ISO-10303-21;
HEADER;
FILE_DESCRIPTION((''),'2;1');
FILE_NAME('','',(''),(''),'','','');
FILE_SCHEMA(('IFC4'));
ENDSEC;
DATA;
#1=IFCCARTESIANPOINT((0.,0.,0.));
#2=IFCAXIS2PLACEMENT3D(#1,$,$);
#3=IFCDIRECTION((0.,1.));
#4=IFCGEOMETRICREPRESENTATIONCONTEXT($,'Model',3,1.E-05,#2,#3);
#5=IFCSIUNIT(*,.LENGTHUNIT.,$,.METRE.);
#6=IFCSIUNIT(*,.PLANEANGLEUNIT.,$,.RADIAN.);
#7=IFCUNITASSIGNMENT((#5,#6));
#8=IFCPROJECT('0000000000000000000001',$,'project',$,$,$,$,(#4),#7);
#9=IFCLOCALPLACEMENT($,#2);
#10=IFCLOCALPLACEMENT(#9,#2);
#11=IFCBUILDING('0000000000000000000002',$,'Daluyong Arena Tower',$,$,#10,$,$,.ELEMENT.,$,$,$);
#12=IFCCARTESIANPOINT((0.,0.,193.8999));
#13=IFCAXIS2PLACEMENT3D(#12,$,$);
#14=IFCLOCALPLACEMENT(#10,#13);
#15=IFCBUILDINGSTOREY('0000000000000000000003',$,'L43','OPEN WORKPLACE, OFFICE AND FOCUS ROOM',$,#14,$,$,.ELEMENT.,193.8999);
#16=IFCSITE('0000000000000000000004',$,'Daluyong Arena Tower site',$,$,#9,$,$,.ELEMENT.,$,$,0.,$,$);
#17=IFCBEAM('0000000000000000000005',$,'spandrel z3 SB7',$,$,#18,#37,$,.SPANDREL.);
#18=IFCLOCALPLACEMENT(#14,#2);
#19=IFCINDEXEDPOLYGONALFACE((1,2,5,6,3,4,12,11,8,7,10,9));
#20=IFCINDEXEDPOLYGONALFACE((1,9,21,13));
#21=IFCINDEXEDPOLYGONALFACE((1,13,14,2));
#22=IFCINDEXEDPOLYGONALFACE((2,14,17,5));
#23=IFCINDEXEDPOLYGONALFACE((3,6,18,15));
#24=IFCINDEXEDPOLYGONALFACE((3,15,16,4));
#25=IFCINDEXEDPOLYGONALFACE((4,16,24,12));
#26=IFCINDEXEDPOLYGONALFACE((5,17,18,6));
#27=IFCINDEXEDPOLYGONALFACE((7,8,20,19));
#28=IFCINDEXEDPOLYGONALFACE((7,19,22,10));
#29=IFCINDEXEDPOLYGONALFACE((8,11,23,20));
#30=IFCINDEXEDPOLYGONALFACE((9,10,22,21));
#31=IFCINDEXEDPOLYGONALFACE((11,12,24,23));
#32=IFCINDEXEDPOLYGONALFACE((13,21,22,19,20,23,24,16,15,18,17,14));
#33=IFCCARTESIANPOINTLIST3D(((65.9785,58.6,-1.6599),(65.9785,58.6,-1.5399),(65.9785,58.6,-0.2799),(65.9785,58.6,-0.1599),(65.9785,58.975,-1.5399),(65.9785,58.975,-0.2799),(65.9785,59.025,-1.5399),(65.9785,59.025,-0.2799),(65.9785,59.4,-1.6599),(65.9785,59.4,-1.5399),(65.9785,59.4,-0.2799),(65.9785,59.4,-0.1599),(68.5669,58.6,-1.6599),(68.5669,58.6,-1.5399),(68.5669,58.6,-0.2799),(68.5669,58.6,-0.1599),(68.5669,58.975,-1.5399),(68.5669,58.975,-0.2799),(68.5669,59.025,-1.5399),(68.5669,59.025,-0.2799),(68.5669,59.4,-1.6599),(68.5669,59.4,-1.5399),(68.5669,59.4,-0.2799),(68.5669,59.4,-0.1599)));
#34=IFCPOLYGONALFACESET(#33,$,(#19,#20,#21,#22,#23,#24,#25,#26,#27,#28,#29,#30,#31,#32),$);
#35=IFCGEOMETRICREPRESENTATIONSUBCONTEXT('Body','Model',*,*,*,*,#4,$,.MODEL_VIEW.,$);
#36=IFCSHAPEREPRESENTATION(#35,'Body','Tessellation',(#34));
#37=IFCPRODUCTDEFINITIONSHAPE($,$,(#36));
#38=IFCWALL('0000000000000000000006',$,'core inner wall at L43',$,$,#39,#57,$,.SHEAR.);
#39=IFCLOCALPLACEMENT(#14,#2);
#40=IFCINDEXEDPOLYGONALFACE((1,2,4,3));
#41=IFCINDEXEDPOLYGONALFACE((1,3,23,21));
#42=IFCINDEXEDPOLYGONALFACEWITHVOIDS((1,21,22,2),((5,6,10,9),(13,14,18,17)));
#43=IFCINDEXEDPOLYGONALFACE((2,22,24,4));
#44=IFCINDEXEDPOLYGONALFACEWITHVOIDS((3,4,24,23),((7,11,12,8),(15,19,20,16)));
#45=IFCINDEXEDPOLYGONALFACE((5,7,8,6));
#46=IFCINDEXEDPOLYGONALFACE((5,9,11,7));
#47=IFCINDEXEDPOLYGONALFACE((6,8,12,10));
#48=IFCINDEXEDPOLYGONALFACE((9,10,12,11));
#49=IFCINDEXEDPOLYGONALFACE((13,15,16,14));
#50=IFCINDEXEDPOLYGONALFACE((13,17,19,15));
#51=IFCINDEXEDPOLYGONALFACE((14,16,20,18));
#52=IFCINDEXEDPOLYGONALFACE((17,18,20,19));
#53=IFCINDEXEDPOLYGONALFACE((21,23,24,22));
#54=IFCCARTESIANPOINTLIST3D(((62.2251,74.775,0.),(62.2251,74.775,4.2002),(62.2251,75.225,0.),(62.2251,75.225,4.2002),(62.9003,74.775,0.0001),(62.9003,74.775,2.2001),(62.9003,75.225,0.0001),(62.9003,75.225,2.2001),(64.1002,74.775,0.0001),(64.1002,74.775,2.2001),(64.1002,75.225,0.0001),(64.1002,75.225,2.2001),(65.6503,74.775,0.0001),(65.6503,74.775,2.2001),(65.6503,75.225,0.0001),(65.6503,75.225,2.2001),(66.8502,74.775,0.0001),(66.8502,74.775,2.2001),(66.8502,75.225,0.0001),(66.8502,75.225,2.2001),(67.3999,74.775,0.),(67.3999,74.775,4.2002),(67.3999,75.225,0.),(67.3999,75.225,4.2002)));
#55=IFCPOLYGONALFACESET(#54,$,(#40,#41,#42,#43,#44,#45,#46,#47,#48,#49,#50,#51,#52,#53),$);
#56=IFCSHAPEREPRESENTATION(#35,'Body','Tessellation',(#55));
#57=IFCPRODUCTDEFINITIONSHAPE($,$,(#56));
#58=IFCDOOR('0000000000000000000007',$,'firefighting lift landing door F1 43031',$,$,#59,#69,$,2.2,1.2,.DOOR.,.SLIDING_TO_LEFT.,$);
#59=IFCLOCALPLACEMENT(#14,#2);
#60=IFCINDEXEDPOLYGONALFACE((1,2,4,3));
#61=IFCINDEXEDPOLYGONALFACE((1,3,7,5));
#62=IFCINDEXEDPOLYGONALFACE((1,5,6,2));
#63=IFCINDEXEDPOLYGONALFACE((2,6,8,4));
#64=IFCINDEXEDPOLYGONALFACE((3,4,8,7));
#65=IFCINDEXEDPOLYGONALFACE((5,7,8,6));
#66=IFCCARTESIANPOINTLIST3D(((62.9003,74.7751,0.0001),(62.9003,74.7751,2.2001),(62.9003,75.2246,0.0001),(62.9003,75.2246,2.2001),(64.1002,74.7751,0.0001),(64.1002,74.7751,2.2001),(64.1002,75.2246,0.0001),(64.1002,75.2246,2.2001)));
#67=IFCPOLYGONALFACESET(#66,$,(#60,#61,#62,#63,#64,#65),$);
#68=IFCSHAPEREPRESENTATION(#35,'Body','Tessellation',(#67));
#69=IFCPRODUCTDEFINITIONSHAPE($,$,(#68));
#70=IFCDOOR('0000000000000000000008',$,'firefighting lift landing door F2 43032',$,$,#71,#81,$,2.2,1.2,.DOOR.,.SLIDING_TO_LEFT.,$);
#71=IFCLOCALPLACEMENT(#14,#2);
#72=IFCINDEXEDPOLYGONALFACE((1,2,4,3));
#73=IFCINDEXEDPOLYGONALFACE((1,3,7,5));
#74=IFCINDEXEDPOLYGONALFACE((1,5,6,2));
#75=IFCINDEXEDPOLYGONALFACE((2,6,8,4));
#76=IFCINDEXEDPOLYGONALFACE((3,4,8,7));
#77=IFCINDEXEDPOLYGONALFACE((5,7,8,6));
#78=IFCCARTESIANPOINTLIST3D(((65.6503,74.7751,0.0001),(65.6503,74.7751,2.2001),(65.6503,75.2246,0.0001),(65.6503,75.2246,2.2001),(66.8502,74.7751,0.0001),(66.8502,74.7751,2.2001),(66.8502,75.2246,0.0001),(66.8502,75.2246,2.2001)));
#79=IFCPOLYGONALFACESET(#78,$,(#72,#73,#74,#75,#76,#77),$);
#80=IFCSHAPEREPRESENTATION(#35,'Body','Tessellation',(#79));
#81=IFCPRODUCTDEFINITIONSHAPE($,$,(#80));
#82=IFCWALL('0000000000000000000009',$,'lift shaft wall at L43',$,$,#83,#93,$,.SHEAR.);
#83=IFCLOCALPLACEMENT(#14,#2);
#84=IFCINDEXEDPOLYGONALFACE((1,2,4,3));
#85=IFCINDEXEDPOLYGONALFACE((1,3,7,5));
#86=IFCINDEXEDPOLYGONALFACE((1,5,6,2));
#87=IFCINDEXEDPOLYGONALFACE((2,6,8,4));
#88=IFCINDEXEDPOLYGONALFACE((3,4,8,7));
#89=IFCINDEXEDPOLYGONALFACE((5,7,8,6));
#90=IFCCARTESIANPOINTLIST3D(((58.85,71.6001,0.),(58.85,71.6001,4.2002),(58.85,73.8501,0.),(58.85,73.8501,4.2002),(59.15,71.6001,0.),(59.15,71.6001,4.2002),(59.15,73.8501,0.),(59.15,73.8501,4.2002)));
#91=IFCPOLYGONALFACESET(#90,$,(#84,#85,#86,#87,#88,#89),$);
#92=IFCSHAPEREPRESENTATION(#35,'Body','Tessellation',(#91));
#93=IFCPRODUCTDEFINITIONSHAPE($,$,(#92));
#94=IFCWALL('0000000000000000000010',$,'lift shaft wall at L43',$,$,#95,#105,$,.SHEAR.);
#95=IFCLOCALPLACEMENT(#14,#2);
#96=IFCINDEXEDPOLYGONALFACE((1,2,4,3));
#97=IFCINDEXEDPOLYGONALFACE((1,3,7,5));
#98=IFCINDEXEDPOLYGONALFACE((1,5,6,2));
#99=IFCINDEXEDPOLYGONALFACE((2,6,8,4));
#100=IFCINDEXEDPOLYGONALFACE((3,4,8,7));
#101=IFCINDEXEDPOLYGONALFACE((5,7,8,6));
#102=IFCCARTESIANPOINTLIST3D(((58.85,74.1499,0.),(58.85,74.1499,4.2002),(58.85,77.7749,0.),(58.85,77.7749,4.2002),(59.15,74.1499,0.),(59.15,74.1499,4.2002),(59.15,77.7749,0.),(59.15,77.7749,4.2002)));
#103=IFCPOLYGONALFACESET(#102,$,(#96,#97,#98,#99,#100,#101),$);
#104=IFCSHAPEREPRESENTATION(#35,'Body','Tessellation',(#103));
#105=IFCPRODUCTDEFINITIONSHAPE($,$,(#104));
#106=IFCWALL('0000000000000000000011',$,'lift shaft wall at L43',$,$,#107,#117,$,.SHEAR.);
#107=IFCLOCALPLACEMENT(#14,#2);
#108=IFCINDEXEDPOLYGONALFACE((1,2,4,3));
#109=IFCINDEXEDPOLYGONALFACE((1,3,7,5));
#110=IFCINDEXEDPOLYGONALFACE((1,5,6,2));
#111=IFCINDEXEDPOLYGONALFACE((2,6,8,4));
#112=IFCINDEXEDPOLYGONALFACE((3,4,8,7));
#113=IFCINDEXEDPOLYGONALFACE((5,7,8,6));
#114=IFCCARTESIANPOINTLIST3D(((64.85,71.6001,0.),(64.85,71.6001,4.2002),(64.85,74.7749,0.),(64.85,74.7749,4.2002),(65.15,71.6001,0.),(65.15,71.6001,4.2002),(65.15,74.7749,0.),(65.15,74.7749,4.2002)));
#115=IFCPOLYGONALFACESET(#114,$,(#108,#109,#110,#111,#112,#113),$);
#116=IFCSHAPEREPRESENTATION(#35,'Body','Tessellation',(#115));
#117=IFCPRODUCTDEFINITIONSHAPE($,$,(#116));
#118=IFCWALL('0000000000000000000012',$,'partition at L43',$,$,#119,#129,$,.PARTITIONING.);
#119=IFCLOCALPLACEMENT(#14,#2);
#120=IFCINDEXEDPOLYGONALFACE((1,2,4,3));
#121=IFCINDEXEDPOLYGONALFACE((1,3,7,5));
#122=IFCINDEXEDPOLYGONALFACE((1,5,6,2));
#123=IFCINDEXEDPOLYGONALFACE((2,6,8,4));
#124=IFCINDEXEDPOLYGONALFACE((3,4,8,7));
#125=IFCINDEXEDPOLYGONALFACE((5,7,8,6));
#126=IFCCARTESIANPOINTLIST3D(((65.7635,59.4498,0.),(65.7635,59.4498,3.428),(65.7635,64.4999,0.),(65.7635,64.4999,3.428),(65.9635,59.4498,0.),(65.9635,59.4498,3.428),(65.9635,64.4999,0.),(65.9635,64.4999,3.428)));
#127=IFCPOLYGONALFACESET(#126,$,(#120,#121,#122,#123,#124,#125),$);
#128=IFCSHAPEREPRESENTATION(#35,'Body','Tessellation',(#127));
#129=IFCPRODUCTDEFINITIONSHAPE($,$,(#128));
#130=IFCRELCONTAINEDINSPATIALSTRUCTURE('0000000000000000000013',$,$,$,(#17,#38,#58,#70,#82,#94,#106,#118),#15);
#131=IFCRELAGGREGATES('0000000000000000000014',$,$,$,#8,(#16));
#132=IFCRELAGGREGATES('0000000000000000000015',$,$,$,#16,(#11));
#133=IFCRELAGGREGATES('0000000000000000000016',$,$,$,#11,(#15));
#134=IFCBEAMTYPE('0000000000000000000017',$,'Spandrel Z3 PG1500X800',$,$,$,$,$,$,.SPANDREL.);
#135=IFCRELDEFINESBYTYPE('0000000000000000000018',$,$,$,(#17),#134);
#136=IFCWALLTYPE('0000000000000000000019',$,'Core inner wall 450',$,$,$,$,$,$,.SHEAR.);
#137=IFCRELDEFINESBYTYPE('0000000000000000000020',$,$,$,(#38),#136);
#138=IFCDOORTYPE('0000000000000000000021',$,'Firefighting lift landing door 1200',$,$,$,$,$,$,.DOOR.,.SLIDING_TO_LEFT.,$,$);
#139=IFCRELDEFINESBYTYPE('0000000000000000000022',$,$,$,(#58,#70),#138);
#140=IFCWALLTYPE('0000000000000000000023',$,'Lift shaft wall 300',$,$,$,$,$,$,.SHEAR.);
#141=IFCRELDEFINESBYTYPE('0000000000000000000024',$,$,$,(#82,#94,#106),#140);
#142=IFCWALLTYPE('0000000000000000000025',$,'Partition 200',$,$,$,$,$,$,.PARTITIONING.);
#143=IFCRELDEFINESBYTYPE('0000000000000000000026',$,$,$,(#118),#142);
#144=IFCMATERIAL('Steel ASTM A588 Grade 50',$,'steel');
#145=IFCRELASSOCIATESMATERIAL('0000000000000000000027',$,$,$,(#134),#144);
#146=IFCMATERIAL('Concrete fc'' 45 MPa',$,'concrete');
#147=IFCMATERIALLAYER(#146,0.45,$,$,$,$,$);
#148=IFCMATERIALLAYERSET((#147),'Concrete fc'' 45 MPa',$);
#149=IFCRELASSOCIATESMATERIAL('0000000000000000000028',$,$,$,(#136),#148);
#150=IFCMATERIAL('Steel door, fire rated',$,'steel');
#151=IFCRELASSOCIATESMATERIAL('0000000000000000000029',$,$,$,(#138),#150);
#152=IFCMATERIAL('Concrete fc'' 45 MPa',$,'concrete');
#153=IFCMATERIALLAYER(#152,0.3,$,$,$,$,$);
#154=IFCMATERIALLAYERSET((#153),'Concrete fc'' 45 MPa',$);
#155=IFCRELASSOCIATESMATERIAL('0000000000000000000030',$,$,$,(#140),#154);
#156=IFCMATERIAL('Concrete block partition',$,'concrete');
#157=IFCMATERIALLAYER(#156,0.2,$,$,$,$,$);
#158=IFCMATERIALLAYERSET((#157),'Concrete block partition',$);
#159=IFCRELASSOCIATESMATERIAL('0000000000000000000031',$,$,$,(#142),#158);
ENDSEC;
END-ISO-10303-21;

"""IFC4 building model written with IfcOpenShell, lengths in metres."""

from ifc_helpers import new_model, si_unit, direction, frame, frame_2d, origin, origin_2d, place, context, subcontext, project, spatial, rectangle, i_section, extrude, material, layer, layer_set, material_profile, profile_set, type_object, element, fill, save


model = new_model("IFC4")

# Units and contexts
model_context = context("Model", 3, precision=1e-05, world=origin(), true_north=direction((0.0, 1.0)))
body_context = subcontext(model_context, "Body", "Model", "MODEL_VIEW")
ifc_project = project(units=[si_unit("LENGTHUNIT", "METRE"), si_unit("PLANEANGLEUNIT", "RADIAN")], contexts=[model_context])

# Site, building, storey
site_placement = place(None, origin())
site = spatial("IfcSite", under=ifc_project, at=site_placement, Name="Daluyong Arena Tower site", CompositionType="ELEMENT", RefElevation=0.0)
building_placement = place(site_placement, origin())
building = spatial("IfcBuilding", under=site, at=building_placement, Name="Daluyong Arena Tower", CompositionType="ELEMENT")
storey_placement = place(building_placement, frame((0.0, 0.0, 193.8999)))
storey = spatial("IfcBuildingStorey", under=building, at=storey_placement, Name="L43", Description="OPEN WORKPLACE, OFFICE AND FOCUS ROOM", CompositionType="ELEMENT", Elevation=193.8999)

# Beam
ifc_material_1 = material(Name="Steel ASTM A588 Grade 50", Category="steel")
ifc_material_profile_1 = material_profile(ifc_material_1, i_section(OverallWidth=0.8, OverallDepth=1.5, WebThickness=0.05, FlangeThickness=0.12, at=origin_2d()))
ifc_profile_set_1 = profile_set([ifc_material_profile_1], Name="Steel ASTM A588 Grade 50")
beam_type_1 = type_object("IfcBeamType", Name="Spandrel Z3 PG1500X800", PredefinedType="SPANDREL", material=ifc_profile_set_1)
beam_1_placement = place(storey_placement, frame((65.9785, 59.0, -0.9099), z_axis=(1.0, 0.0, 0.0), x_axis=(0.0, 1.0, 0.0)))
element("IfcBeam", 1, at=beam_1_placement, inside=storey, type_object=beam_type_1, Name="spandrel z3 SB7", PredefinedType="SPANDREL", context=body_context, shape_type="SweptSolid", body=[
    extrude(i_section(OverallWidth=0.8, OverallDepth=1.5, WebThickness=0.05, FlangeThickness=0.12, at=origin_2d()), origin(), (0.0, 0.0, 1.0), 2.5884),
])

# Shared definitions
ifc_material_2 = material(Name="Concrete fc' 45 MPa", Category="concrete")
ifc_layer_1 = layer(ifc_material_2, 0.45)
ifc_layer_set_1 = layer_set([ifc_layer_1], Name="Concrete fc' 45 MPa")
wall_type_1 = type_object("IfcWallType", Name="Core inner wall 450", PredefinedType="SHEAR", material=ifc_layer_set_1)

# Wall, openings, doors
wall_1_placement = place(storey_placement, frame((62.2251, 75.0, 0.0), z_axis=(0.0, 0.0, 1.0), x_axis=(1.0, 0.0, 0.0)))
wall_1 = element("IfcWall", 2, at=wall_1_placement, inside=storey, type_object=wall_type_1, Name="core inner wall at L43", PredefinedType="SHEAR", context=body_context, shape_type="SweptSolid", body=[
    extrude(rectangle(XDim=5.1748, YDim=0.45, at=frame_2d((2.5874, 0.0))), origin(), (0.0, 0.0, 1.0), 4.2002),
])
opening_1_placement = place(wall_1_placement, frame((0.675, 0.0, 0.0)))
opening_1 = element("IfcOpeningElement", 3, at=opening_1_placement, cuts=wall_1, PredefinedType="OPENING", context=body_context, shape_type="SweptSolid", body=[
    extrude(rectangle(XDim=1.2, YDim=2.2, at=frame_2d((0.6001, 1.1001))), frame((0.0, 0.2349, 0.0), z_axis=(0.0, -1.0, 0.0), x_axis=(1.0, 0.0, 0.0)), (0.0, 0.0, 1.0), 0.47),
])
opening_2_placement = place(wall_1_placement, frame((3.425, 0.0, 0.0)))
opening_2 = element("IfcOpeningElement", 4, at=opening_2_placement, cuts=wall_1, PredefinedType="OPENING", context=body_context, shape_type="SweptSolid", body=[
    extrude(rectangle(XDim=1.2, YDim=2.2, at=frame_2d((0.6001, 1.1001))), frame((0.0, 0.2349, 0.0), z_axis=(0.0, -1.0, 0.0), x_axis=(1.0, 0.0, 0.0)), (0.0, 0.0, 1.0), 0.47),
])
ifc_material_3 = material(Name="Steel door, fire rated", Category="steel")
door_type_1 = type_object("IfcDoorType", Name="Firefighting lift landing door 1200", OperationType="SLIDING_TO_LEFT", PredefinedType="DOOR", material=ifc_material_3)
door_1_placement = place(opening_1_placement, origin())
door_1 = element("IfcDoor", 5, at=door_1_placement, inside=storey, type_object=door_type_1, Name="firefighting lift landing door F1 43031", OperationType="SLIDING_TO_LEFT", OverallHeight=2.2, OverallWidth=1.2, PredefinedType="DOOR", context=body_context, shape_type="SweptSolid", body=[
    extrude(rectangle(XDim=1.2, YDim=2.2, at=frame_2d((0.6001, 1.1001))), frame((0.0, 0.2246, 0.0), z_axis=(0.0, -1.0, 0.0), x_axis=(1.0, 0.0, 0.0)), (0.0, 0.0, 1.0), 0.4495),
])
fill(opening_1, door_1)
door_2_placement = place(opening_2_placement, origin())
door_2 = element("IfcDoor", 6, at=door_2_placement, inside=storey, type_object=door_type_1, Name="firefighting lift landing door F2 43032", OperationType="SLIDING_TO_LEFT", OverallHeight=2.2, OverallWidth=1.2, PredefinedType="DOOR", context=body_context, shape_type="SweptSolid", body=[
    extrude(rectangle(XDim=1.2, YDim=2.2, at=frame_2d((0.6001, 1.1001))), frame((0.0, 0.2246, 0.0), z_axis=(0.0, -1.0, 0.0), x_axis=(1.0, 0.0, 0.0)), (0.0, 0.0, 1.0), 0.4495),
])
fill(opening_2, door_2)

# Walls
ifc_material_4 = material(Name="Concrete fc' 45 MPa", Category="concrete")
ifc_layer_2 = layer(ifc_material_4, 0.3)
ifc_layer_set_2 = layer_set([ifc_layer_2], Name="Concrete fc' 45 MPa")
wall_type_2 = type_object("IfcWallType", Name="Lift shaft wall 300", PredefinedType="SHEAR", material=ifc_layer_set_2)
wall_2_placement = place(storey_placement, frame((59.0, 71.6001, 0.0), z_axis=(0.0, 0.0, 1.0), x_axis=(0.0, 1.0, 0.0)))
element("IfcWall", 7, at=wall_2_placement, inside=storey, type_object=wall_type_2, Name="lift shaft wall at L43", PredefinedType="SHEAR", context=body_context, shape_type="SweptSolid", body=[
    extrude(rectangle(XDim=2.25, YDim=0.3, at=frame_2d((1.125, 0.0))), origin(), (0.0, 0.0, 1.0), 4.2002),
])
wall_3_placement = place(storey_placement, frame((59.0, 74.1499, 0.0), z_axis=(0.0, 0.0, 1.0), x_axis=(0.0, 1.0, 0.0)))
element("IfcWall", 8, at=wall_3_placement, inside=storey, type_object=wall_type_2, Name="lift shaft wall at L43", PredefinedType="SHEAR", context=body_context, shape_type="SweptSolid", body=[
    extrude(rectangle(XDim=3.625, YDim=0.3, at=frame_2d((1.8125, 0.0))), origin(), (0.0, 0.0, 1.0), 4.2002),
])
wall_4_placement = place(storey_placement, frame((65.0, 71.6001, 0.0), z_axis=(0.0, 0.0, 1.0), x_axis=(0.0, 1.0, 0.0)))
element("IfcWall", 9, at=wall_4_placement, inside=storey, type_object=wall_type_2, Name="lift shaft wall at L43", PredefinedType="SHEAR", context=body_context, shape_type="SweptSolid", body=[
    extrude(rectangle(XDim=3.1748, YDim=0.3, at=frame_2d((1.5874, 0.0))), origin(), (0.0, 0.0, 1.0), 4.2002),
])
ifc_material_5 = material(Name="Concrete block partition", Category="concrete")
ifc_layer_3 = layer(ifc_material_5, 0.2)
ifc_layer_set_3 = layer_set([ifc_layer_3], Name="Concrete block partition")
wall_type_3 = type_object("IfcWallType", Name="Partition 200", PredefinedType="PARTITIONING", material=ifc_layer_set_3)
wall_5_placement = place(storey_placement, frame((65.8635, 59.45, 0.0), z_axis=(0.0, 0.0, 1.0), x_axis=(0.0, 1.0, 0.0)))
element("IfcWall", 10, at=wall_5_placement, inside=storey, type_object=wall_type_3, Name="partition at L43", PredefinedType="PARTITIONING", context=body_context, shape_type="SweptSolid", body=[
    extrude(rectangle(XDim=5.05, YDim=0.2, at=frame_2d((2.5249, 0.0))), origin(), (0.0, 0.0, 1.0), 3.428),
])

save(model, "model.ifc")
